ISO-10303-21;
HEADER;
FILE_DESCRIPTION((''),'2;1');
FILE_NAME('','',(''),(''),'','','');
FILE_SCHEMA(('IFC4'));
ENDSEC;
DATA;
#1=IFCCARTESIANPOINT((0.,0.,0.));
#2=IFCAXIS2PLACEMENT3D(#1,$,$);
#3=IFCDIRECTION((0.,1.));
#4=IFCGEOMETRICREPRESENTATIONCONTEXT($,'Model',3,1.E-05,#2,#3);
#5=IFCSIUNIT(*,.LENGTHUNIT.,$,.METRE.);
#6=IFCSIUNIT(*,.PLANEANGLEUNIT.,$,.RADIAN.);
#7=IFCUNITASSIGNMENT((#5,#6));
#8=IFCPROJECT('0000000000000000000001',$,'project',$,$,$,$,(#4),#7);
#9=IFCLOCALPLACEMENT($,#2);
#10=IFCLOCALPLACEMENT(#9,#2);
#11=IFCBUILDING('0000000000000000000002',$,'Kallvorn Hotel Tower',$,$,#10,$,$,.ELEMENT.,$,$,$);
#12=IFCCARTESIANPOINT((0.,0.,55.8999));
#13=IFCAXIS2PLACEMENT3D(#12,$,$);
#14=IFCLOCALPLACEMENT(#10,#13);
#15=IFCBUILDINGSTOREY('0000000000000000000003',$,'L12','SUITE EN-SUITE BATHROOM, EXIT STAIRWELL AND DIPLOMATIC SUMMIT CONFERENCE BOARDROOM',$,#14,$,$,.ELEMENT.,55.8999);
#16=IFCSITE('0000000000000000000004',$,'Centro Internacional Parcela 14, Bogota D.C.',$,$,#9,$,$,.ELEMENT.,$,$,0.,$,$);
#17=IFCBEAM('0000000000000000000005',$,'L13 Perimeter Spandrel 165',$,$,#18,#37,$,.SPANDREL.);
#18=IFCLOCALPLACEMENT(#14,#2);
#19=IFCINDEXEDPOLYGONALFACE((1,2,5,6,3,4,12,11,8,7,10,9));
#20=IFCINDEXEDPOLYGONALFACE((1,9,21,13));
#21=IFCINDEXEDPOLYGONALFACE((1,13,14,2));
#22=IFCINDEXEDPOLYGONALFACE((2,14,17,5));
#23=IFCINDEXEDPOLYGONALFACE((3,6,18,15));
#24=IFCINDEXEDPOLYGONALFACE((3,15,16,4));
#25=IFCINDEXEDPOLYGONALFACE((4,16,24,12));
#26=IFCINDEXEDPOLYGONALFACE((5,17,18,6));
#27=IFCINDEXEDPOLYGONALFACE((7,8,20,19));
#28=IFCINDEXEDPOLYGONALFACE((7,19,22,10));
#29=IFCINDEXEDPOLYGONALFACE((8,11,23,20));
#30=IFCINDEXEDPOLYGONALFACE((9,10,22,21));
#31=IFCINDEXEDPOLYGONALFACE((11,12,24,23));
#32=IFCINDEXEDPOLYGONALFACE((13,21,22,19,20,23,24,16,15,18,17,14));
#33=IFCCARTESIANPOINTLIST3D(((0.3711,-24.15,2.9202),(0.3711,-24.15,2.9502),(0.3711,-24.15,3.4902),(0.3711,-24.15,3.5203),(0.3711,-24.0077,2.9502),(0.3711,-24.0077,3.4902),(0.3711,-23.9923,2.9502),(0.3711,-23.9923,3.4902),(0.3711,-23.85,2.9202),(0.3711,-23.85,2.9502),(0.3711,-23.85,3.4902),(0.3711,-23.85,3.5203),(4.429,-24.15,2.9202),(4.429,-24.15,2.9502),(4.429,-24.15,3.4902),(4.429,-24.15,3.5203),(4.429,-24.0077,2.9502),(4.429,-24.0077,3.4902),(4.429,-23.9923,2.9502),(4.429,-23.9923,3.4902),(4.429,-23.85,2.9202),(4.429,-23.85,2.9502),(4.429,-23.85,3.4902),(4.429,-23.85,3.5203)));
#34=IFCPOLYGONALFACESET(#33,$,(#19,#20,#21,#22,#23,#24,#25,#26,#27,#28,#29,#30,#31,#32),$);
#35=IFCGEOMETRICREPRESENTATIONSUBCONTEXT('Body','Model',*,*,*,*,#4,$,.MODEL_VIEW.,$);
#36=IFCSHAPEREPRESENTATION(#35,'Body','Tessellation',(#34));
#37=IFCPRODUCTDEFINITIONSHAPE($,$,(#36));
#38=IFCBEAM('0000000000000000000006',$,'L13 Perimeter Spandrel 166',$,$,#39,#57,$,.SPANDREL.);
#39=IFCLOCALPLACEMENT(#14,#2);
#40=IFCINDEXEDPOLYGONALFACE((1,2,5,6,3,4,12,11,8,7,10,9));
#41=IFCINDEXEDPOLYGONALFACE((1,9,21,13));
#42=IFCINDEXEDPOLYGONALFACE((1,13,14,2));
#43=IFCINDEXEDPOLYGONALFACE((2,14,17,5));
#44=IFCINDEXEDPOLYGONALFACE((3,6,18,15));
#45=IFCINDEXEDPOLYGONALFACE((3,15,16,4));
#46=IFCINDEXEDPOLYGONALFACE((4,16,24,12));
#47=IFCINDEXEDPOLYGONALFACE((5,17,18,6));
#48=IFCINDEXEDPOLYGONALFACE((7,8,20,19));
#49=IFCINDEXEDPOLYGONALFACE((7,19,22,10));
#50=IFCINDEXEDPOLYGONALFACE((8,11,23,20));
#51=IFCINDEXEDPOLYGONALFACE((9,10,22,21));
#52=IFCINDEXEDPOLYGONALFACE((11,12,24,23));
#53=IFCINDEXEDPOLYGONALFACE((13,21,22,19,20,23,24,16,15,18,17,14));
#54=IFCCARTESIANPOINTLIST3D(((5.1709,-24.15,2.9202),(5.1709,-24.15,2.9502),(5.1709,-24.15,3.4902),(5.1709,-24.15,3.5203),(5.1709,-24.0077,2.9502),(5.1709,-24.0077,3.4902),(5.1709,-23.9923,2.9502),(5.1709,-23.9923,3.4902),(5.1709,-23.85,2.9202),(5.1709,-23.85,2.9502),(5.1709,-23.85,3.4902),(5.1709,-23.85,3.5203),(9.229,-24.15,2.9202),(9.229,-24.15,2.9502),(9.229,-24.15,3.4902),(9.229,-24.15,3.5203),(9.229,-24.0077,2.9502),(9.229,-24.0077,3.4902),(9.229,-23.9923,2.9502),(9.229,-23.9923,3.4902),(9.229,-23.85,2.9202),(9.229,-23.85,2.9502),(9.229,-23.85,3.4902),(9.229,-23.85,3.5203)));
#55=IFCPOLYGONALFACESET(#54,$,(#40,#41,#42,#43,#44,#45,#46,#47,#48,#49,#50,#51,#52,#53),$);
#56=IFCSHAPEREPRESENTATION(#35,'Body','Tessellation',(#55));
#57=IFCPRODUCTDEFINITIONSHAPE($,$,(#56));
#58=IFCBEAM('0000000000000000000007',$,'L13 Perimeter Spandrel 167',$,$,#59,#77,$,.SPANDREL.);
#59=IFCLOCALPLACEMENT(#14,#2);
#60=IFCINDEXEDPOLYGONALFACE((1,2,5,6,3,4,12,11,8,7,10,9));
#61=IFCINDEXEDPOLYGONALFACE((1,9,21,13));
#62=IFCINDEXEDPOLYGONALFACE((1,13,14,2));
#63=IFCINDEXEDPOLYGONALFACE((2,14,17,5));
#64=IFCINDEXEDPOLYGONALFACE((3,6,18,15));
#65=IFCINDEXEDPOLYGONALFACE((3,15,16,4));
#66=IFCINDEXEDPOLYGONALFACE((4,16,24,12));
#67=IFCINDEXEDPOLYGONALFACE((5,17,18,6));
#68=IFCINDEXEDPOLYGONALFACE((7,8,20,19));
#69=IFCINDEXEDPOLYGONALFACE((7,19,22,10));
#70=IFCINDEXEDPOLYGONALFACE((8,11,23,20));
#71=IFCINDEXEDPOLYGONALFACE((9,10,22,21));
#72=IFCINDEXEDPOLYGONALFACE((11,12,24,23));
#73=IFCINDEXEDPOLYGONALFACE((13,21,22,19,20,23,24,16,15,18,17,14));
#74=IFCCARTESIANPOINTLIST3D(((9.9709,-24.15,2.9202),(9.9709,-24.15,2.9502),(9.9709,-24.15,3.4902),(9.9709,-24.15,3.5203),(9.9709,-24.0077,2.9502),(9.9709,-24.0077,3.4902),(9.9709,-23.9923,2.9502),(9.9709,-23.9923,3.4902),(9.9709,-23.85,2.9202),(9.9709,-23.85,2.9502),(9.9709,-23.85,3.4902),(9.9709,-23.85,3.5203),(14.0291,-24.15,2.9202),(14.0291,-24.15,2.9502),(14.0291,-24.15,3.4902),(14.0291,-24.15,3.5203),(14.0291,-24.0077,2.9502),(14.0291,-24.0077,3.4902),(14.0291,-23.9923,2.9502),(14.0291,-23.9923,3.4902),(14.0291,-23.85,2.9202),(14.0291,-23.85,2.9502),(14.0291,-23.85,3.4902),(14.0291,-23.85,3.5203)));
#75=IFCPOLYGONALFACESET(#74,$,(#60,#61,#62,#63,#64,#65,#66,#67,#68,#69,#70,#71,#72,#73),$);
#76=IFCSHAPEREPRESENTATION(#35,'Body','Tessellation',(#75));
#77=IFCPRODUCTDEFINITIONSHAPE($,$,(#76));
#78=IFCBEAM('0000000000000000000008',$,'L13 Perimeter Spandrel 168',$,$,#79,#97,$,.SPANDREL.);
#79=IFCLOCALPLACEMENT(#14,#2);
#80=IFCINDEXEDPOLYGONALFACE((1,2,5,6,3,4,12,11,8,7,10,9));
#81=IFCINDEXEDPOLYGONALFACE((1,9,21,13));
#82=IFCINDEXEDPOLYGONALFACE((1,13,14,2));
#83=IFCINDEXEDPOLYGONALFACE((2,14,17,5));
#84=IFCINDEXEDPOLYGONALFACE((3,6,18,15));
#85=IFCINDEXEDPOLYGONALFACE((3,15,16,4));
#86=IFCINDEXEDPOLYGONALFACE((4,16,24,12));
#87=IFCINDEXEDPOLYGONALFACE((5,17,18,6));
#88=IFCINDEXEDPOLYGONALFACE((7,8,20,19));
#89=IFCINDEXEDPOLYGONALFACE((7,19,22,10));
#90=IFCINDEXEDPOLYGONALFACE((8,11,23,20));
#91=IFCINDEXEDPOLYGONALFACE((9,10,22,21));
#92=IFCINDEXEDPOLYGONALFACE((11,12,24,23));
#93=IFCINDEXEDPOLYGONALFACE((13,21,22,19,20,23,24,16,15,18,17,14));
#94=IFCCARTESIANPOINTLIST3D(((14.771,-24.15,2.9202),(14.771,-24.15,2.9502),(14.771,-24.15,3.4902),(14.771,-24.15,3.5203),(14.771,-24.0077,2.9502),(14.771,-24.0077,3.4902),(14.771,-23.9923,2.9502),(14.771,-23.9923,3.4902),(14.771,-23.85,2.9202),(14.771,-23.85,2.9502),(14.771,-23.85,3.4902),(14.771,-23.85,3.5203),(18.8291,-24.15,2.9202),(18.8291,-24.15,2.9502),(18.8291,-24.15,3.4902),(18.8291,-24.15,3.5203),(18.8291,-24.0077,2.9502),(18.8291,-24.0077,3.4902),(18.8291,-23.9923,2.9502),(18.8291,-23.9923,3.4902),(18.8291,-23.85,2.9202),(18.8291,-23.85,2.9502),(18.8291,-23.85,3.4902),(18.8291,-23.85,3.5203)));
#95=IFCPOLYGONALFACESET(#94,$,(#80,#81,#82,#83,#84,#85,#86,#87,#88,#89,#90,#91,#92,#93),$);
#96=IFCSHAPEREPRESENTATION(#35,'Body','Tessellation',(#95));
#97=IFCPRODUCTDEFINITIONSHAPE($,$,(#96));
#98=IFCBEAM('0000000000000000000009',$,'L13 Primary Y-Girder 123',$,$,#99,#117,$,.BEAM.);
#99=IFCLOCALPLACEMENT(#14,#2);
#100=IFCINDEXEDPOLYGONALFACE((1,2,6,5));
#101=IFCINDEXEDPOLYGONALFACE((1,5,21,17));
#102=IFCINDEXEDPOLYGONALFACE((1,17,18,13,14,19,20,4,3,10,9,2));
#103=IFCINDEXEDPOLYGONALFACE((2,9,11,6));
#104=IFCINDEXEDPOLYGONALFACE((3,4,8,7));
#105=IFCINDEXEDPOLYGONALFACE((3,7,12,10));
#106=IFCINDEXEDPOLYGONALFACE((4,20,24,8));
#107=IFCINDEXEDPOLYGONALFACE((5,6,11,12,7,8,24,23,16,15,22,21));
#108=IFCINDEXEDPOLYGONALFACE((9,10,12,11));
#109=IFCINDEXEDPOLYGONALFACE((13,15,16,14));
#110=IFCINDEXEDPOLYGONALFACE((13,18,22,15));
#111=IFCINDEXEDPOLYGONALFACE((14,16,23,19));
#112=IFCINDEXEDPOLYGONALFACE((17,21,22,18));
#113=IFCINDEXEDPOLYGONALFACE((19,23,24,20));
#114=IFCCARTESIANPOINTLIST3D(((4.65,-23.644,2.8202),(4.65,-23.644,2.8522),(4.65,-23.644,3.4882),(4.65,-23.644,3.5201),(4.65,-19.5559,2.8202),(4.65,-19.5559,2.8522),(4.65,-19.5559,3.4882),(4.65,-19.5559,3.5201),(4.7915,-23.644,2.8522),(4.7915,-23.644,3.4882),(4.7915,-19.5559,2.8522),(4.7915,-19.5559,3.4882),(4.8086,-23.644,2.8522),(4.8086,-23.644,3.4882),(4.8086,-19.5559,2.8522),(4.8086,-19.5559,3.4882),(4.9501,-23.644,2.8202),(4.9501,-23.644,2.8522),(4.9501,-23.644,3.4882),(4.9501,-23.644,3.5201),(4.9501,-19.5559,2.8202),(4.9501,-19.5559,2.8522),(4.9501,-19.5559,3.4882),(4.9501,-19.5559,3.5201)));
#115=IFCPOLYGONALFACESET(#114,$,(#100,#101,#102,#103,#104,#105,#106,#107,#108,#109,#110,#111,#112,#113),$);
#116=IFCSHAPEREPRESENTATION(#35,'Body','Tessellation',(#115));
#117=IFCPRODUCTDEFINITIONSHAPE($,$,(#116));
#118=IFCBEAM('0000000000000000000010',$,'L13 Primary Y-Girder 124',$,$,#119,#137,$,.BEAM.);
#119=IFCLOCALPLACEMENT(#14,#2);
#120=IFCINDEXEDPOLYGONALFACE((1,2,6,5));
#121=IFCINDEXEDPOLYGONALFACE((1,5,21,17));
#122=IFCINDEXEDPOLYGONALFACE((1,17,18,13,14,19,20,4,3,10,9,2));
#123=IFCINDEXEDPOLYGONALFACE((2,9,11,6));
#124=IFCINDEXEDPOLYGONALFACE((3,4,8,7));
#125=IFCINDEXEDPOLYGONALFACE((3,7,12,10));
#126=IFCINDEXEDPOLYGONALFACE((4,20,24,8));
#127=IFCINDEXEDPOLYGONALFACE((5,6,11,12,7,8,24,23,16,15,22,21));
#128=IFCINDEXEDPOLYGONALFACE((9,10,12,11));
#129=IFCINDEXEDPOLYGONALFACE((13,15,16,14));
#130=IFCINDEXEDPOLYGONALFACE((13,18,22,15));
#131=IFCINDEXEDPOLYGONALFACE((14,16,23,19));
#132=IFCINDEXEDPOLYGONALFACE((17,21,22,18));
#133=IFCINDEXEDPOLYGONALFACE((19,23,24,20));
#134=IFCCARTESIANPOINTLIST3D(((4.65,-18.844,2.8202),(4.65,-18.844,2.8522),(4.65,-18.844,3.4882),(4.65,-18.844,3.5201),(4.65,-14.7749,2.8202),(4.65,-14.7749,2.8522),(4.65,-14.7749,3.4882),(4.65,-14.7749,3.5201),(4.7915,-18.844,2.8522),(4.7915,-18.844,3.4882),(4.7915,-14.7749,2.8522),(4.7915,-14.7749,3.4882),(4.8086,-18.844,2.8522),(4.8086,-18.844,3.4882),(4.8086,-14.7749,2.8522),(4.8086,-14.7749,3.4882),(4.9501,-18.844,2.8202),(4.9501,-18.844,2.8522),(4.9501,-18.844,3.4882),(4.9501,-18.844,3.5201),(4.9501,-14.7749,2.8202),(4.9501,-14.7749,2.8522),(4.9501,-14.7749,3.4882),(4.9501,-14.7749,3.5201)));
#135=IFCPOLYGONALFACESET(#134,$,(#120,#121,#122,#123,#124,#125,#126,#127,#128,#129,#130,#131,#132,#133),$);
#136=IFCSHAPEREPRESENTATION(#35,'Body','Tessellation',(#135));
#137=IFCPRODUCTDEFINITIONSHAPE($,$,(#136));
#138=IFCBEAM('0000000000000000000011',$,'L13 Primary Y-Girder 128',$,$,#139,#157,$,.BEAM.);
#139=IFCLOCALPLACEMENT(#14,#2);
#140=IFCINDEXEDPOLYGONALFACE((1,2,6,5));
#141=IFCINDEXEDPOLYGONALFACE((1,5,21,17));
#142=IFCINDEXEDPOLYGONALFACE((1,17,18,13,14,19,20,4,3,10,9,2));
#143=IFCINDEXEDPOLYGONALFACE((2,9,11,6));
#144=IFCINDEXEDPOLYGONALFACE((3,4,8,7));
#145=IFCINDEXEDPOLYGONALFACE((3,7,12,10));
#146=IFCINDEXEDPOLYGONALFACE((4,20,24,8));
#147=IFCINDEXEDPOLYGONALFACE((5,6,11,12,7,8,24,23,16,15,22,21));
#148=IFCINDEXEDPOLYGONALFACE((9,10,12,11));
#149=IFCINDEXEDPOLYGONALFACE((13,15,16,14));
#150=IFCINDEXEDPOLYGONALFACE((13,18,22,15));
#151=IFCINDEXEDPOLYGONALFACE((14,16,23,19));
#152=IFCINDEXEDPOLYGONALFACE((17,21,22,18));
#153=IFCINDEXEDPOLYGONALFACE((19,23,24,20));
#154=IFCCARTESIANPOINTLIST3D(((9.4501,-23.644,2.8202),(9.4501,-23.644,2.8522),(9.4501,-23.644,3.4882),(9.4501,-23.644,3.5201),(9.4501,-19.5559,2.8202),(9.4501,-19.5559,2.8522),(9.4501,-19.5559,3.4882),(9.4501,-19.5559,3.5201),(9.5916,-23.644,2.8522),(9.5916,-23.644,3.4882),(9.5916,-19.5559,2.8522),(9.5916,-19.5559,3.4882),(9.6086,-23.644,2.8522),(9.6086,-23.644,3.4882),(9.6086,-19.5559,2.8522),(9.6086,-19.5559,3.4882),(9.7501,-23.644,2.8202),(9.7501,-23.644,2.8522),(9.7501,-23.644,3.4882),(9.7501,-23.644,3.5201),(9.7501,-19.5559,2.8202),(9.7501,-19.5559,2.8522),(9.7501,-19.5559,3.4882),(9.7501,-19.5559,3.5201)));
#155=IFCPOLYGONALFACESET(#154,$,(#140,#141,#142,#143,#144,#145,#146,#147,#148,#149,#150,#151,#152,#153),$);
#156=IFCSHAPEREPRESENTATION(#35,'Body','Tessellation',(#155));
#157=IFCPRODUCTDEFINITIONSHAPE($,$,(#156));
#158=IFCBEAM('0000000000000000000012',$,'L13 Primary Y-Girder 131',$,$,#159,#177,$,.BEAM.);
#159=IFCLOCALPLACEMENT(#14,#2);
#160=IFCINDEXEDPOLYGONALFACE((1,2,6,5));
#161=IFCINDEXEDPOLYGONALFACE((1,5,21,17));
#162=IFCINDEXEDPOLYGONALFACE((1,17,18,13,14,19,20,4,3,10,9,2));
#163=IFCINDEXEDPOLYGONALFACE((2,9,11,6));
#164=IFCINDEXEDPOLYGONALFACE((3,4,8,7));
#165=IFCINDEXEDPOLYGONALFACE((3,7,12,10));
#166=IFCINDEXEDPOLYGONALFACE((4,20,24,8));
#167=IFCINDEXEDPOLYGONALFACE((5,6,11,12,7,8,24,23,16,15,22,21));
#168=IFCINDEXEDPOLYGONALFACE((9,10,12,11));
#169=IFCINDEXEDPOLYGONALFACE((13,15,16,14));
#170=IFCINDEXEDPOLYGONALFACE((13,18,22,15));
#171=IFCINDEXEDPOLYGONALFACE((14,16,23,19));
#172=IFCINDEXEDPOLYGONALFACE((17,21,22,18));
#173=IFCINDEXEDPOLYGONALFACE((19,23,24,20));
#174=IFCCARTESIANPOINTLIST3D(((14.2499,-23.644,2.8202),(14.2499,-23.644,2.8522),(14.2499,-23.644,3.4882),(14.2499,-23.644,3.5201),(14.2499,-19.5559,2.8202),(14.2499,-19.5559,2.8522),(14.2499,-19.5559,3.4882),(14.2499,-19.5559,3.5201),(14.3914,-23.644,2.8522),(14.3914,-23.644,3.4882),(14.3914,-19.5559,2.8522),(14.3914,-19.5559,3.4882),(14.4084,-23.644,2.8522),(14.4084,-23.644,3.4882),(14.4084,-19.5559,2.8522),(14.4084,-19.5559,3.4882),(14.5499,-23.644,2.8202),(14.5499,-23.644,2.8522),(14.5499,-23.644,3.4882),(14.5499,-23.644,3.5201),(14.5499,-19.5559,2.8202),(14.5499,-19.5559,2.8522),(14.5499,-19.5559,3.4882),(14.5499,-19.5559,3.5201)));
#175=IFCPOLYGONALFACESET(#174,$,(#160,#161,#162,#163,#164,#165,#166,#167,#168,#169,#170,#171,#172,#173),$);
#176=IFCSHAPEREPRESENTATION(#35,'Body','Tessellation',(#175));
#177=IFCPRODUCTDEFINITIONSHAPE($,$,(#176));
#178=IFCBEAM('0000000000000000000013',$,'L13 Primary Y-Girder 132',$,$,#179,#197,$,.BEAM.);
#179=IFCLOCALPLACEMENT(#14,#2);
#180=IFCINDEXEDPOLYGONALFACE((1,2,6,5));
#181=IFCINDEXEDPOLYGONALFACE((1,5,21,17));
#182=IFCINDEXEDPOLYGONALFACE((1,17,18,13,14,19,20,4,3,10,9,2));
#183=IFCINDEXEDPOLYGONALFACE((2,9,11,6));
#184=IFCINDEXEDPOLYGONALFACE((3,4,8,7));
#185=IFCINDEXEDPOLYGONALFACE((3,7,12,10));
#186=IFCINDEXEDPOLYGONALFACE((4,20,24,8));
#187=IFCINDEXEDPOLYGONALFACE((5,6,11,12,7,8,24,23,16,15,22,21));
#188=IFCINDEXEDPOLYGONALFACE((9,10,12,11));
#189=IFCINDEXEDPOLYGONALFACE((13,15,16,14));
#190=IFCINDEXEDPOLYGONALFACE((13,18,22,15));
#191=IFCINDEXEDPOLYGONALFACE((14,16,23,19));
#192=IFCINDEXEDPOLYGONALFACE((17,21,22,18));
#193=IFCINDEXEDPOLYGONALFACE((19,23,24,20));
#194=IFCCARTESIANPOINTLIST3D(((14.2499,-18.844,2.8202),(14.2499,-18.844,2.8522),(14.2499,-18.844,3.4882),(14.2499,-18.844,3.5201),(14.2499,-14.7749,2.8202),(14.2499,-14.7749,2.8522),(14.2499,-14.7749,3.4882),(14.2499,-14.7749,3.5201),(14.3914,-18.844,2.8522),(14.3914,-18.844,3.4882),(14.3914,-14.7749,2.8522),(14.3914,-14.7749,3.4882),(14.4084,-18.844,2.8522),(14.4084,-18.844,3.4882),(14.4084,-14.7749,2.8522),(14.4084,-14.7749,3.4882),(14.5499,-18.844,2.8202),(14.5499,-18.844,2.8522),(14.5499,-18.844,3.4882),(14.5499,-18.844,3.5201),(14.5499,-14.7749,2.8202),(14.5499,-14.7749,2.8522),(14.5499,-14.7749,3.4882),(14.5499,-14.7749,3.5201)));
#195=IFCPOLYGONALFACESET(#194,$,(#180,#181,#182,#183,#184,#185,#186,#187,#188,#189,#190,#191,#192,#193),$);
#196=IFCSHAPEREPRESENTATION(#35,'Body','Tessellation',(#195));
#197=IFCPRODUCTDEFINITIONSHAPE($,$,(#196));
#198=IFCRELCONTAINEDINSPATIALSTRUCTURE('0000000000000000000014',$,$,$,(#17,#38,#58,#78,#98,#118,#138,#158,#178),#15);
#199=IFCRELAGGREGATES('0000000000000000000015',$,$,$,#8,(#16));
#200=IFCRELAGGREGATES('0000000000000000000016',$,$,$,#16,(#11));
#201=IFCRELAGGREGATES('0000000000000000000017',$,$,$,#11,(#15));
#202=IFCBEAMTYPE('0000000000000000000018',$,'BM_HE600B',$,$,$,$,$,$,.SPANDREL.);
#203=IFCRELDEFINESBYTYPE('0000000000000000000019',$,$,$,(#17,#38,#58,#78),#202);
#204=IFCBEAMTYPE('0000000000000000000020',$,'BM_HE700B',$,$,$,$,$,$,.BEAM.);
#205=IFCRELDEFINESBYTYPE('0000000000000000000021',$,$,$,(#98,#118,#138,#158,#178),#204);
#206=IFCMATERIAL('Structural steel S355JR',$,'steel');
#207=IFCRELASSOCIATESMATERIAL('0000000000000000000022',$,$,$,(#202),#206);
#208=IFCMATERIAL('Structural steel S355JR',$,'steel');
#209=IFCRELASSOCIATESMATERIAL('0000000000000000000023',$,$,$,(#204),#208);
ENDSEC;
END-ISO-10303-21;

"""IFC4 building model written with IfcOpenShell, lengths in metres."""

from ifc_helpers import new_model, si_unit, direction, frame, origin, origin_2d, place, context, subcontext, project, spatial, i_section, extrude, material, material_profile, profile_set, type_object, element, save


model = new_model("IFC4")

# Units and contexts
model_context = context("Model", 3, precision=1e-05, world=origin(), true_north=direction((0.0, 1.0)))
body_context = subcontext(model_context, "Body", "Model", "MODEL_VIEW")
ifc_project = project(units=[si_unit("LENGTHUNIT", "METRE"), si_unit("PLANEANGLEUNIT", "RADIAN")], contexts=[model_context])

# Site, building, storey
site_placement = place(None, origin())
site = spatial("IfcSite", under=ifc_project, at=site_placement, Name="Centro Internacional Parcela 14, Bogota D.C.", CompositionType="ELEMENT", RefElevation=0.0)
building_placement = place(site_placement, origin())
building = spatial("IfcBuilding", under=site, at=building_placement, Name="Kallvorn Hotel Tower", CompositionType="ELEMENT")
storey_placement = place(building_placement, frame((0.0, 0.0, 55.8999)))
storey = spatial("IfcBuildingStorey", under=building, at=storey_placement, Name="L12", Description="SUITE EN-SUITE BATHROOM, EXIT STAIRWELL AND DIPLOMATIC SUMMIT CONFERENCE BOARDROOM", CompositionType="ELEMENT", Elevation=55.8999)

# Beams
ifc_material_1 = material(Name="Structural steel S355JR", Category="steel")
ifc_material_profile_1 = material_profile(ifc_material_1, i_section(OverallWidth=0.3, OverallDepth=0.6001, WebThickness=0.0154, FlangeThickness=0.03, at=origin_2d()), Name="HE 600 B")
ifc_profile_set_1 = profile_set([ifc_material_profile_1], Name="Structural steel S355JR")
beam_type_1 = type_object("IfcBeamType", Name="BM_HE600B", PredefinedType="SPANDREL", material=ifc_profile_set_1)
beam_1_placement = place(storey_placement, frame((0.3711, -24.0, 3.2202), z_axis=(1.0, 0.0, 0.0), x_axis=(0.0, 1.0, 0.0)))
element("IfcBeam", 1, at=beam_1_placement, inside=storey, type_object=beam_type_1, Name="L13 Perimeter Spandrel 165", PredefinedType="SPANDREL", context=body_context, shape_type="SweptSolid", body=[
    extrude(i_section(OverallWidth=0.3, OverallDepth=0.6001, WebThickness=0.0154, FlangeThickness=0.03, at=origin_2d()), origin(), (0.0, 0.0, 1.0), 4.0579),
])
for number, where, z_axis, x_axis, name in (
    (2, (5.1709, -24.0, 3.2202), (1.0, 0.0, 0.0), (0.0, 1.0, 0.0), "L13 Perimeter Spandrel 166"),
    (3, (9.9709, -24.0, 3.2202), (1.0, 0.0, 0.0), (0.0, 1.0, 0.0), "L13 Perimeter Spandrel 167"),
    (4, (14.771, -24.0, 3.2202), (1.0, 0.0, 0.0), (0.0, 1.0, 0.0), "L13 Perimeter Spandrel 168"),
):
    element("IfcBeam", number, at=place(storey_placement, frame(where, z_axis=z_axis, x_axis=x_axis)), inside=storey, type_object=beam_type_1, Name=name, PredefinedType="SPANDREL", context=body_context, shape_type="SweptSolid", body=[
        extrude(i_section(OverallWidth=0.3, OverallDepth=0.6001, WebThickness=0.0154, FlangeThickness=0.03, at=origin_2d()), origin(), (0.0, 0.0, 1.0), 4.0581),
    ])
ifc_material_2 = material(Name="Structural steel S355JR", Category="steel")
ifc_material_profile_2 = material_profile(ifc_material_2, i_section(OverallWidth=0.3, OverallDepth=0.7, WebThickness=0.0171, FlangeThickness=0.032, at=origin_2d()), Name="HE 700 B")
ifc_profile_set_2 = profile_set([ifc_material_profile_2], Name="Structural steel S355JR")
beam_type_2 = type_object("IfcBeamType", Name="BM_HE700B", PredefinedType="BEAM", material=ifc_profile_set_2)
beam_2_placement = place(storey_placement, frame((4.8, -23.644, 3.1702), z_axis=(0.0, 1.0, 0.0), x_axis=(-1.0, 0.0, 0.0)))
element("IfcBeam", 5, at=beam_2_placement, inside=storey, type_object=beam_type_2, Name="L13 Primary Y-Girder 123", PredefinedType="BEAM", context=body_context, shape_type="SweptSolid", body=[
    extrude(i_section(OverallWidth=0.3, OverallDepth=0.7, WebThickness=0.0171, FlangeThickness=0.032, at=origin_2d()), origin(), (0.0, 0.0, 1.0), 4.0881),
])
beam_3_placement = place(storey_placement, frame((4.8, -18.844, 3.1702), z_axis=(0.0, 1.0, 0.0), x_axis=(-1.0, 0.0, 0.0)))
element("IfcBeam", 6, at=beam_3_placement, inside=storey, type_object=beam_type_2, Name="L13 Primary Y-Girder 124", PredefinedType="BEAM", context=body_context, shape_type="SweptSolid", body=[
    extrude(i_section(OverallWidth=0.3, OverallDepth=0.7, WebThickness=0.0171, FlangeThickness=0.032, at=origin_2d()), origin(), (0.0, 0.0, 1.0), 4.0691),
])
for number, where, z_axis, x_axis, name in (
    (7, (9.6001, -23.644, 3.1702), (0.0, 1.0, 0.0), (-1.0, 0.0, 0.0), "L13 Primary Y-Girder 128"),
    (8, (14.3999, -23.644, 3.1702), (0.0, 1.0, 0.0), (-1.0, 0.0, 0.0), "L13 Primary Y-Girder 131"),
):
    element("IfcBeam", number, at=place(storey_placement, frame(where, z_axis=z_axis, x_axis=x_axis)), inside=storey, type_object=beam_type_2, Name=name, PredefinedType="BEAM", context=body_context, shape_type="SweptSolid", body=[
        extrude(i_section(OverallWidth=0.3, OverallDepth=0.7, WebThickness=0.0171, FlangeThickness=0.032, at=origin_2d()), origin(), (0.0, 0.0, 1.0), 4.0881),
    ])
beam_4_placement = place(storey_placement, frame((14.3999, -18.844, 3.1702), z_axis=(0.0, 1.0, 0.0), x_axis=(-1.0, 0.0, 0.0)))
element("IfcBeam", 9, at=beam_4_placement, inside=storey, type_object=beam_type_2, Name="L13 Primary Y-Girder 132", PredefinedType="BEAM", context=body_context, shape_type="SweptSolid", body=[
    extrude(i_section(OverallWidth=0.3, OverallDepth=0.7, WebThickness=0.0171, FlangeThickness=0.032, at=origin_2d()), origin(), (0.0, 0.0, 1.0), 4.0691),
])

save(model, "model.ifc")
